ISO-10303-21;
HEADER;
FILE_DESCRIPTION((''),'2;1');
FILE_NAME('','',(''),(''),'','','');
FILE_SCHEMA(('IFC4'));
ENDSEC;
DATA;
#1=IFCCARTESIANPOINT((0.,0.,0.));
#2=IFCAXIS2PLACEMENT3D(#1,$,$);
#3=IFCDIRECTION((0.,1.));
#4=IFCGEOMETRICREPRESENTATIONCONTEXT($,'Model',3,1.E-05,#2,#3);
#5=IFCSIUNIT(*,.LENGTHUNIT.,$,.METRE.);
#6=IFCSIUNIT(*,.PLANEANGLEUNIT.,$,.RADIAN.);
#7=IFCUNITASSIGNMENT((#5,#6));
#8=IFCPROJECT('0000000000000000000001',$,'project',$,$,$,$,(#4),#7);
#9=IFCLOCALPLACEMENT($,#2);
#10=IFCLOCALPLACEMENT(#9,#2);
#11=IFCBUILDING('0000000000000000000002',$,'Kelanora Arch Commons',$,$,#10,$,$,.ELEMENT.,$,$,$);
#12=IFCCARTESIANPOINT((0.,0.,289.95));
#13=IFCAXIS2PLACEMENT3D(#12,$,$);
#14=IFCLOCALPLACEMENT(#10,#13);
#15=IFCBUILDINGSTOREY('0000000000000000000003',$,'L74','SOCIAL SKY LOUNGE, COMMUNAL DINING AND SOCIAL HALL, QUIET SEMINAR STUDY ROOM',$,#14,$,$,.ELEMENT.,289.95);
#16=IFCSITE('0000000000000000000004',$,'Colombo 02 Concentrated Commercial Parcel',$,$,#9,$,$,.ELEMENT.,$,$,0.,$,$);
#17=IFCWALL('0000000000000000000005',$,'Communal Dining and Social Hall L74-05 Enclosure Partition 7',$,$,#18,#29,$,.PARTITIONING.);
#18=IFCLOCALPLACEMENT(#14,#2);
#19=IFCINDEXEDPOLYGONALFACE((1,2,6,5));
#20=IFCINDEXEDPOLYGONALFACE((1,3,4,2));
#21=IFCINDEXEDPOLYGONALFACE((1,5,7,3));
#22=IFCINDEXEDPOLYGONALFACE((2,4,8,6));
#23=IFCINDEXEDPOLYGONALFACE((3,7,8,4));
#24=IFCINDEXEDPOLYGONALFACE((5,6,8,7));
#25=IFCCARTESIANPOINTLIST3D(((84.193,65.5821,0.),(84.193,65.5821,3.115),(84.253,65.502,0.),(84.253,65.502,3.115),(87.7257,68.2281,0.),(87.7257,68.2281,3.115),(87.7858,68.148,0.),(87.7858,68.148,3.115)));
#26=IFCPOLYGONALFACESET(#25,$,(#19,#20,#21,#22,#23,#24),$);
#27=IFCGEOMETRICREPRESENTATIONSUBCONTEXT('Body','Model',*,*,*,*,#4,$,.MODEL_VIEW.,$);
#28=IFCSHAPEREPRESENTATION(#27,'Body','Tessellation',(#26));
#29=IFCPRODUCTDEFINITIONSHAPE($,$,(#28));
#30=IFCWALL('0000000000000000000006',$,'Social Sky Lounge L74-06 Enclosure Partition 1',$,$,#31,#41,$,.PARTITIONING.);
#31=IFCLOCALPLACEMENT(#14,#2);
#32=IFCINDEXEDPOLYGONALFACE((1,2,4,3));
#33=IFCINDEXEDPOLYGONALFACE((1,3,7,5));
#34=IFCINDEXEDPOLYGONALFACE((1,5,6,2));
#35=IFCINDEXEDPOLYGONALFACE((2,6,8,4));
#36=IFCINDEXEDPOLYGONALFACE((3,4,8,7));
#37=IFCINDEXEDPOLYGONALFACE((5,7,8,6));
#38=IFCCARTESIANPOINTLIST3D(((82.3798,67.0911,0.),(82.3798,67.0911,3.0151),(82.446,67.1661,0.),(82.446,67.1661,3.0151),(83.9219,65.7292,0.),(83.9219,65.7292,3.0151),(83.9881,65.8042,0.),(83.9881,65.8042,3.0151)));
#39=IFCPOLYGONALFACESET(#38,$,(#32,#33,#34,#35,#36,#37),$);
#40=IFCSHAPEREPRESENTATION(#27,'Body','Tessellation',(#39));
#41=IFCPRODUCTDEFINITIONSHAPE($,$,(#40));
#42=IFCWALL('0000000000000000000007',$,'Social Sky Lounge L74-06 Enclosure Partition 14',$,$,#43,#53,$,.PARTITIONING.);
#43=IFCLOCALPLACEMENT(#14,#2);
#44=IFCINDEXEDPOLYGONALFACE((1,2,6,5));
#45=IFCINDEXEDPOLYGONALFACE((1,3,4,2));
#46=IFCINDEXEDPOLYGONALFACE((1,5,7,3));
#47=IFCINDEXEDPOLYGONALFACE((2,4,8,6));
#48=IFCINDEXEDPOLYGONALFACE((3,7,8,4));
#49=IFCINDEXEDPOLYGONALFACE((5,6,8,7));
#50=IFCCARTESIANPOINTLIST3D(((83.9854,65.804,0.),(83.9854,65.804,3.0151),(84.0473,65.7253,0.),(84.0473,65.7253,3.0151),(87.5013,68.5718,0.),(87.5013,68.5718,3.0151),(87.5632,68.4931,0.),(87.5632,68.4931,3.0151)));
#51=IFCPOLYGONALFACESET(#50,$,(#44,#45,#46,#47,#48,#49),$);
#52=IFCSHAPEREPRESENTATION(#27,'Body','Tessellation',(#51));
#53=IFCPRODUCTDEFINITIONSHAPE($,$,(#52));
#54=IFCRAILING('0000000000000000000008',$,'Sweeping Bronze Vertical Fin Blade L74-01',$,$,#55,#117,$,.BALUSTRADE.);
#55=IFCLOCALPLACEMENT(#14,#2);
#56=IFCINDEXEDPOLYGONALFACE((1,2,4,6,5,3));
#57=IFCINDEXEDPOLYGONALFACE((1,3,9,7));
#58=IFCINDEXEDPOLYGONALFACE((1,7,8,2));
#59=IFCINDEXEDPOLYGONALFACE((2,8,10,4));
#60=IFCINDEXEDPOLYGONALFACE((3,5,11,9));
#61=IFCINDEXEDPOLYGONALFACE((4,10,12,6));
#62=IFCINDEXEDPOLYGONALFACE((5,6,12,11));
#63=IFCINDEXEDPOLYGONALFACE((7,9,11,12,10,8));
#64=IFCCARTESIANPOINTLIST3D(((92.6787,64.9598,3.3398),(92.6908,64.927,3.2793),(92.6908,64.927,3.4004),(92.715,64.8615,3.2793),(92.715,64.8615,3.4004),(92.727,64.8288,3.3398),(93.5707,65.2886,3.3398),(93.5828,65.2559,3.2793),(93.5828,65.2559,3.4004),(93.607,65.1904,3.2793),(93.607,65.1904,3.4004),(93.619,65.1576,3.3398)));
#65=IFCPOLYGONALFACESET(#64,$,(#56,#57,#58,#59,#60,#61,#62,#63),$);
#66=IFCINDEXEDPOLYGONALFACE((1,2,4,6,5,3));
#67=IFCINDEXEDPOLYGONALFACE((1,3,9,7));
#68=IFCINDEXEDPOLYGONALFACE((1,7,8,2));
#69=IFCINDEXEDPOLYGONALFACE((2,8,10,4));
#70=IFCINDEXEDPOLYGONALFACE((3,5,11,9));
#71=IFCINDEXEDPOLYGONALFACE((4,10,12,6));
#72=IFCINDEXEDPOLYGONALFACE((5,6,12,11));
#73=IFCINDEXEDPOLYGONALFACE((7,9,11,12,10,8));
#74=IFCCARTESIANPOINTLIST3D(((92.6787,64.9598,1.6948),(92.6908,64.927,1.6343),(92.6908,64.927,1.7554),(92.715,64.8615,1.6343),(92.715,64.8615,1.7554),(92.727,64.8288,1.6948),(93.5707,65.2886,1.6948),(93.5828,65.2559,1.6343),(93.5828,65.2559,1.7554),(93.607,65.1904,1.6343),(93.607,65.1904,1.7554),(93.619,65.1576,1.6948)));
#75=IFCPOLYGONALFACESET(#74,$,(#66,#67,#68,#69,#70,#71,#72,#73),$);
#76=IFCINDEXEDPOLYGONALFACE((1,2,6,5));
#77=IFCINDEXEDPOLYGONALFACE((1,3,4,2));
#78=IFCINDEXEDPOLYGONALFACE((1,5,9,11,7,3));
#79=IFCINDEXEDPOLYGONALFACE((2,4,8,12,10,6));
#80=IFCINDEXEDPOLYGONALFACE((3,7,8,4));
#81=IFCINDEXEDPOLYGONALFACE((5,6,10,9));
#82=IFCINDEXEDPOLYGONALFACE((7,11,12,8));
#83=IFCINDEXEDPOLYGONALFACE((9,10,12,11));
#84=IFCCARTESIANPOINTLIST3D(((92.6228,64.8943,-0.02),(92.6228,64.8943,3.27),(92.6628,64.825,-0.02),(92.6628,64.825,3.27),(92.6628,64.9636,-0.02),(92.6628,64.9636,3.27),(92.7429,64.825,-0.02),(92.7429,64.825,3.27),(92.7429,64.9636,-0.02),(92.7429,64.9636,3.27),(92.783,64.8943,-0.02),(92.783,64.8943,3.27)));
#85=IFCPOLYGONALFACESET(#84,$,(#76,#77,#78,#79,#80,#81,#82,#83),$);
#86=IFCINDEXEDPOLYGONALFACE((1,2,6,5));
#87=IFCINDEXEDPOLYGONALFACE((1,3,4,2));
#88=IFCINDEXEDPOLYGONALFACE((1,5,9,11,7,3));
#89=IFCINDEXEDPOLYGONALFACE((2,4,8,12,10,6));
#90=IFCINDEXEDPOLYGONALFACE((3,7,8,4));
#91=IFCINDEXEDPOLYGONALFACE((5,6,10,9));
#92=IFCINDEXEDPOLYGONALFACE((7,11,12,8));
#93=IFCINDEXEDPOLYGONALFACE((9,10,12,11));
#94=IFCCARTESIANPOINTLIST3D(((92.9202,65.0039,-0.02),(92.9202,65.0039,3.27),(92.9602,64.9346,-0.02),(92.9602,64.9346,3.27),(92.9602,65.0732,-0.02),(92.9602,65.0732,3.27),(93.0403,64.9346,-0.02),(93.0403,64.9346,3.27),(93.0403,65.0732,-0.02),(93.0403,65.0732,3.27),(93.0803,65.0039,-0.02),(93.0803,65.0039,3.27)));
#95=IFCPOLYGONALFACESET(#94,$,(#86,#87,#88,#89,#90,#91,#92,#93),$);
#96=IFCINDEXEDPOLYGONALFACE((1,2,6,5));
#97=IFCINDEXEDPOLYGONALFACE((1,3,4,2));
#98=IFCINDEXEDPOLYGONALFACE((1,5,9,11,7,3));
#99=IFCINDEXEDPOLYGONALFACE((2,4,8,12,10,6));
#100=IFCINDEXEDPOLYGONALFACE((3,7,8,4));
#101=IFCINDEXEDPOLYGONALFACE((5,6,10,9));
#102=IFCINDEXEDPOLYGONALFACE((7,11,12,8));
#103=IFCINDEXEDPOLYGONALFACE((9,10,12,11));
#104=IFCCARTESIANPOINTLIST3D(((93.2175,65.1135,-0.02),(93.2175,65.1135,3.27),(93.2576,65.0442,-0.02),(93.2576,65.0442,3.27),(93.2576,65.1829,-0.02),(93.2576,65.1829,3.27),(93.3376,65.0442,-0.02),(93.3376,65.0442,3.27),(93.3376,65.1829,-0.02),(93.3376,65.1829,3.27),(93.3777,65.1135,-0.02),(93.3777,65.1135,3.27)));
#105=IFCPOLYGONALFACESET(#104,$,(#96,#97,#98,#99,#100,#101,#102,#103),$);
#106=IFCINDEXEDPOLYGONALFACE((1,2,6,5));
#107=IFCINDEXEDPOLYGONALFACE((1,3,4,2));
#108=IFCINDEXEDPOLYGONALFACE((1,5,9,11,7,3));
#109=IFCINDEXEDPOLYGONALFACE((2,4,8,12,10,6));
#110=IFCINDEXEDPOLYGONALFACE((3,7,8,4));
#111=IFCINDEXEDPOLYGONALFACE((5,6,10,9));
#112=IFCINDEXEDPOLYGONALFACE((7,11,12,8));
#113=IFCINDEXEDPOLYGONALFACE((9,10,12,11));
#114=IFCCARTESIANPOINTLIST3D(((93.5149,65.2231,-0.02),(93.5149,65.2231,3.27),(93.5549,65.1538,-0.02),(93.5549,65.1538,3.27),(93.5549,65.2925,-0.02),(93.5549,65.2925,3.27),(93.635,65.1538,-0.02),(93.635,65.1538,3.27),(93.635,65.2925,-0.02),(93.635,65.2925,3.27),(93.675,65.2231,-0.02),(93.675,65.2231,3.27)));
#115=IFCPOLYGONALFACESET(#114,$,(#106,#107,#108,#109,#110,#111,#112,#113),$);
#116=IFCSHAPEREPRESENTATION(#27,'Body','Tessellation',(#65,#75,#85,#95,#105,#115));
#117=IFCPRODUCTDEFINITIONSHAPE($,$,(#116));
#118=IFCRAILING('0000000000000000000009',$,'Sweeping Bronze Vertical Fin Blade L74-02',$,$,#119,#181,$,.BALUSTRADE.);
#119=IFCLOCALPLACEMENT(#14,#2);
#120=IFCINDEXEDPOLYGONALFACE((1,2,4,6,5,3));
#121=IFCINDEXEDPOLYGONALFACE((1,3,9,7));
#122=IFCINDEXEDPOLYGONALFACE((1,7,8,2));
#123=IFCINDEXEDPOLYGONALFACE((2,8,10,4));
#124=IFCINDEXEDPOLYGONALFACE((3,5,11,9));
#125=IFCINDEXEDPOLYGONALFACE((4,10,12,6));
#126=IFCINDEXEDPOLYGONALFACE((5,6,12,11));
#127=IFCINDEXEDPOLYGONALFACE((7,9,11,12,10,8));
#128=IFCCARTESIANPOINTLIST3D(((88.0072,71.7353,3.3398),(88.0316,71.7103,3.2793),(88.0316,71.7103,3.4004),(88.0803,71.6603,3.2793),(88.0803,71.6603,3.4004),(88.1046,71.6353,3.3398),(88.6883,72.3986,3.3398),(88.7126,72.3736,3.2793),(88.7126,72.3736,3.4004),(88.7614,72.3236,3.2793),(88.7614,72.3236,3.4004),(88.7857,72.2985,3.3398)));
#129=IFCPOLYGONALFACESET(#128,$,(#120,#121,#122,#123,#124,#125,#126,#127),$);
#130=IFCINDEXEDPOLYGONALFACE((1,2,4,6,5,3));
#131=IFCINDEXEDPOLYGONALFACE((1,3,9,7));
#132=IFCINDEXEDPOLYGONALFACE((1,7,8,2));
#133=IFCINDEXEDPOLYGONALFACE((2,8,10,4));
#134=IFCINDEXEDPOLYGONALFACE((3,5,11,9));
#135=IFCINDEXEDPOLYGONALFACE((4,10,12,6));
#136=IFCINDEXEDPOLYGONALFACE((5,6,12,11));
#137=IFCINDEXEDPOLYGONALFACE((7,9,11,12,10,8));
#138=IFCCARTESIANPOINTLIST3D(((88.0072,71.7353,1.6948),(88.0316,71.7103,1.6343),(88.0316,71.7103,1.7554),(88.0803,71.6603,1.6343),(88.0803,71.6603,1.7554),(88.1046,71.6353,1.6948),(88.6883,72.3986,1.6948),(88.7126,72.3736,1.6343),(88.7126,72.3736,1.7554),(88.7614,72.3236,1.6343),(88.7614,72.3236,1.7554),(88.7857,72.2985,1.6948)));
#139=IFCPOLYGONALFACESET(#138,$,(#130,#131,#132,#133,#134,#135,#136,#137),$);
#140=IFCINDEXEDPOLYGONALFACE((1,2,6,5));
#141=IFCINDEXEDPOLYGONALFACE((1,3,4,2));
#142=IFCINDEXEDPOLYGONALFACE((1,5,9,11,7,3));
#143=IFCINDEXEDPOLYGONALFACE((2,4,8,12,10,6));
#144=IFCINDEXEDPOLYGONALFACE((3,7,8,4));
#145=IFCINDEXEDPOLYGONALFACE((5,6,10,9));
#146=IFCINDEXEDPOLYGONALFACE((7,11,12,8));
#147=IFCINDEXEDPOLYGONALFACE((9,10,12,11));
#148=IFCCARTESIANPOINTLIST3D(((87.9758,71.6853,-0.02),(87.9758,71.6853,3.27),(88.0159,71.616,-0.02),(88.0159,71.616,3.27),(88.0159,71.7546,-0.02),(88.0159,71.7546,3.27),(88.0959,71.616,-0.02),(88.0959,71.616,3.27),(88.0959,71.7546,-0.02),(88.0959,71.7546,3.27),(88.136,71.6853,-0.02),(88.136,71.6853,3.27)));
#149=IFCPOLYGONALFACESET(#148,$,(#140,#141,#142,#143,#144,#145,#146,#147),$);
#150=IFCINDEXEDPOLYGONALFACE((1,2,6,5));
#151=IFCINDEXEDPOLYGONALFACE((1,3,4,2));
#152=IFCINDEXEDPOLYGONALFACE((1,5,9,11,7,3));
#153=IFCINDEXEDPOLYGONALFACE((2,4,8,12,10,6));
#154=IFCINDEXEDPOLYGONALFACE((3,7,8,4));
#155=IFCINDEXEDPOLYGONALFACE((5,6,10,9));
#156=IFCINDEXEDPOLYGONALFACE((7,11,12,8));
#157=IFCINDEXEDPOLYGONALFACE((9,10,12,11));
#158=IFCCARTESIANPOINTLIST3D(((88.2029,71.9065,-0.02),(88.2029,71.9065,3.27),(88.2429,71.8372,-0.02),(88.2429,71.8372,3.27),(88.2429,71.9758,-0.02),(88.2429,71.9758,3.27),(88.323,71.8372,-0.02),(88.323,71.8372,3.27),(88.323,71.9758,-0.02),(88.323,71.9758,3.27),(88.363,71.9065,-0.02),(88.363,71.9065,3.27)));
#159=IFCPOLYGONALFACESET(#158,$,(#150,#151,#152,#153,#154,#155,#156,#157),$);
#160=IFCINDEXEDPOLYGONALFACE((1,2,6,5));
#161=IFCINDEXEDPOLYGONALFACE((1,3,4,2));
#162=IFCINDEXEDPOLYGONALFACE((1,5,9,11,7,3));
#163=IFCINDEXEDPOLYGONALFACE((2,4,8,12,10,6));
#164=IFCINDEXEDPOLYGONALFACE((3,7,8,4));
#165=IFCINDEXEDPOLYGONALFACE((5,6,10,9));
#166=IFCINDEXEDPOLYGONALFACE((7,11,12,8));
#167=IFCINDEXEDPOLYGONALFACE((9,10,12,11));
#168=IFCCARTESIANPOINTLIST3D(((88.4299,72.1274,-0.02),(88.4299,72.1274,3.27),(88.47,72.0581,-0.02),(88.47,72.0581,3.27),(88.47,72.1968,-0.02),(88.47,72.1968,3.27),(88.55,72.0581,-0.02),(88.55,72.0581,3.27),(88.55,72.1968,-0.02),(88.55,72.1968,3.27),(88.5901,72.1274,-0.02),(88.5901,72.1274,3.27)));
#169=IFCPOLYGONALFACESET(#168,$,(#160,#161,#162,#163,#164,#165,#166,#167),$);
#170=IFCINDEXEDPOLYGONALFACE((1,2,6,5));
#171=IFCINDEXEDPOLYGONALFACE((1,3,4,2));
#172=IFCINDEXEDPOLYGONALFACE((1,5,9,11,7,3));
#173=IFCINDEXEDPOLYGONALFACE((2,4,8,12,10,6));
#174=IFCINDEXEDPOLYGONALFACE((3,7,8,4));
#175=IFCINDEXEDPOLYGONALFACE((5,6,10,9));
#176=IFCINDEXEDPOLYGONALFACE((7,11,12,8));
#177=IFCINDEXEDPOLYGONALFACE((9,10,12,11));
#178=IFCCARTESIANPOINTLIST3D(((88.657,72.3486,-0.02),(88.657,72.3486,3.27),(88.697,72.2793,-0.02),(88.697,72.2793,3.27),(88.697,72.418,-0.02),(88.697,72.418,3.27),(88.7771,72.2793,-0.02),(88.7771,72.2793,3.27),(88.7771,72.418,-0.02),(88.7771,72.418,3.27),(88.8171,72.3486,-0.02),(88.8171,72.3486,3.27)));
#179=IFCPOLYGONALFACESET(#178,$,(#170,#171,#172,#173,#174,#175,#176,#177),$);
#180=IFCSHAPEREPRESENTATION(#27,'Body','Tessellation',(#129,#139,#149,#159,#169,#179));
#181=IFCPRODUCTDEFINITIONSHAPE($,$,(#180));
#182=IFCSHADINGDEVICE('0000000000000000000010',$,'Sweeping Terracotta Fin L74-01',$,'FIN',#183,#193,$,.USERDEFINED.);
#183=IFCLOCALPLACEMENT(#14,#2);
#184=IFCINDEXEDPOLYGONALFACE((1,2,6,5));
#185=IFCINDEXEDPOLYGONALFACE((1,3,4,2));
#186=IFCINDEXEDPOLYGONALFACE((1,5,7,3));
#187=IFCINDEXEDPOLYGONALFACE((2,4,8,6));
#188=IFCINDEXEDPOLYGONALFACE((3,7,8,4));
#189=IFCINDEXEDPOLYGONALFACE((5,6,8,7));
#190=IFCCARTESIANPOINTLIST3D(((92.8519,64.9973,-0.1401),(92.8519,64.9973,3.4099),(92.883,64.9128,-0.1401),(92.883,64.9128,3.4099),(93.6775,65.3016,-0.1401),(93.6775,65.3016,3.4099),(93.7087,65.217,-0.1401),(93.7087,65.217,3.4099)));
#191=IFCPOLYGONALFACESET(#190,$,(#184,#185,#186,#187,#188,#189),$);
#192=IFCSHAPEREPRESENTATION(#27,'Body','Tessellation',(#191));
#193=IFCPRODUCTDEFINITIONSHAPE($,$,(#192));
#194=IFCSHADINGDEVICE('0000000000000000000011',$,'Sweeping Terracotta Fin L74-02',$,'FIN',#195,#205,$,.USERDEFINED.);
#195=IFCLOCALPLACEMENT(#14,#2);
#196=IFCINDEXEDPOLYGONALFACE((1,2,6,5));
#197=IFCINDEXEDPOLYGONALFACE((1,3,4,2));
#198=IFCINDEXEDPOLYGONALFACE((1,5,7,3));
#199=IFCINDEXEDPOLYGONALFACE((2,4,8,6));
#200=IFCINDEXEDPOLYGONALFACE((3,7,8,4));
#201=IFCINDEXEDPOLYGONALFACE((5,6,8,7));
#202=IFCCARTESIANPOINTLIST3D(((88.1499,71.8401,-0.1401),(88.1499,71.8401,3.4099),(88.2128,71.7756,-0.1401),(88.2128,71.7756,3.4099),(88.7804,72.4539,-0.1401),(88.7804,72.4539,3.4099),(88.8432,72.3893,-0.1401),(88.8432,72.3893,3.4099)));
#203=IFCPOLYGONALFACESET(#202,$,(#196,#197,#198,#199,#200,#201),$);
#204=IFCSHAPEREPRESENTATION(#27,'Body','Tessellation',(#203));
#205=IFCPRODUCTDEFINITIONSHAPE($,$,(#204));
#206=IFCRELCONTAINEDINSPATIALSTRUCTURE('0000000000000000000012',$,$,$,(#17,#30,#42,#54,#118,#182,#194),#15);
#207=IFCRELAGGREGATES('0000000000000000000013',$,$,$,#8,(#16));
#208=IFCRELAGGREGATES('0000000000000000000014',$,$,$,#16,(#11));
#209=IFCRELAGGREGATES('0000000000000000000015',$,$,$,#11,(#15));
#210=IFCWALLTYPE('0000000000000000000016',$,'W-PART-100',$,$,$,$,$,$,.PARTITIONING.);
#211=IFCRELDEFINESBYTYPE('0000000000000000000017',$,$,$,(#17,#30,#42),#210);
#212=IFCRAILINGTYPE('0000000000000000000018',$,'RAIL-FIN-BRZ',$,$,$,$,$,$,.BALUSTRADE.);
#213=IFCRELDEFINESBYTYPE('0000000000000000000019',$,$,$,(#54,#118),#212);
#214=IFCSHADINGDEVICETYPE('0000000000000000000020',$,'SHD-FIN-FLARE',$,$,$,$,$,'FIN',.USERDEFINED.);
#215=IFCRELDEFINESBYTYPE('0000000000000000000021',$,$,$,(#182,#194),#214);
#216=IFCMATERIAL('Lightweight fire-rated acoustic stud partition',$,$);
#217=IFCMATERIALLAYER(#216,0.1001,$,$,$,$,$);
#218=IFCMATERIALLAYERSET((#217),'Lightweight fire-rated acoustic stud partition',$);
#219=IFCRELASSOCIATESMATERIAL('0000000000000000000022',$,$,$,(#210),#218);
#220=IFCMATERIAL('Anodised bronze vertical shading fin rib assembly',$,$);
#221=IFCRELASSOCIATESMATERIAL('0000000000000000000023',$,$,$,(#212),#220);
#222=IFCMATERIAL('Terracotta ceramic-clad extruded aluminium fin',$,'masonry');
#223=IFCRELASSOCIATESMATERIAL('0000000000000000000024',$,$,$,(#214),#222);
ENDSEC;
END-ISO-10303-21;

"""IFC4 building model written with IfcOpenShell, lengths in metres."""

from ifc_helpers import new_model, si_unit, direction, frame, frame_2d, origin, origin_2d, place, context, subcontext, project, spatial, polyline, rectangle, outline, extrude, source, transform, mapped, material, layer, layer_set, type_object, element, save


model = new_model("IFC4")

# Units and contexts
model_context = context("Model", 3, precision=1e-05, world=origin(), true_north=direction((0.0, 1.0)))
body_context = subcontext(model_context, "Body", "Model", "MODEL_VIEW")
ifc_project = project(units=[si_unit("LENGTHUNIT", "METRE"), si_unit("PLANEANGLEUNIT", "RADIAN")], contexts=[model_context])

# Site, building, storey
site_placement = place(None, origin())
site = spatial("IfcSite", under=ifc_project, at=site_placement, Name="Colombo 02 Concentrated Commercial Parcel", CompositionType="ELEMENT", RefElevation=0.0)
building_placement = place(site_placement, origin())
building = spatial("IfcBuilding", under=site, at=building_placement, Name="Kelanora Arch Commons", CompositionType="ELEMENT")
storey_placement = place(building_placement, frame((0.0, 0.0, 289.95)))
storey = spatial("IfcBuildingStorey", under=building, at=storey_placement, Name="L74", Description="SOCIAL SKY LOUNGE, COMMUNAL DINING AND SOCIAL HALL, QUIET SEMINAR STUDY ROOM", CompositionType="ELEMENT", Elevation=289.95)

# Walls
ifc_material_1 = material(Name="Lightweight fire-rated acoustic stud partition")
ifc_layer_1 = layer(ifc_material_1, 0.1001)
ifc_layer_set_1 = layer_set([ifc_layer_1], Name="Lightweight fire-rated acoustic stud partition")
wall_type_1 = type_object("IfcWallType", Name="W-PART-100", PredefinedType="PARTITIONING", material=ifc_layer_set_1)
wall_1_placement = place(storey_placement, frame((84.2229, 65.542, 0.0), z_axis=(0.0, 0.0, 1.0), x_axis=(0.800385, 0.599487, 0.0)))
element("IfcWall", 1, at=wall_1_placement, inside=storey, type_object=wall_type_1, Name="Communal Dining and Social Hall L74-05 Enclosure Partition 7", PredefinedType="PARTITIONING", context=body_context, shape_type="SweptSolid", body=[
    extrude(rectangle(XDim=4.4138, YDim=0.1001, at=frame_2d((2.207, 0.0))), origin(), (0.0, 0.0, 1.0), 3.115),
])
wall_2_placement = place(storey_placement, frame((83.9551, 65.7666, 0.0), z_axis=(0.0, 0.0, 1.0), x_axis=(-0.74954, 0.661959, 0.0)))
element("IfcWall", 2, at=wall_2_placement, inside=storey, type_object=wall_type_1, Name="Social Sky Lounge L74-06 Enclosure Partition 1", PredefinedType="PARTITIONING", context=body_context, shape_type="SweptSolid", body=[
    extrude(rectangle(XDim=2.0574, YDim=0.1001, at=frame_2d((1.0288, 0.0))), origin(), (0.0, 0.0, 1.0), 3.0151),
])
wall_3_placement = place(storey_placement, frame((87.5322, 68.5325, 0.0), z_axis=(0.0, 0.0, 1.0), x_axis=(-0.785737, -0.618561, 0.0)))
element("IfcWall", 3, at=wall_3_placement, inside=storey, type_object=wall_type_1, Name="Social Sky Lounge L74-06 Enclosure Partition 14", PredefinedType="PARTITIONING", context=body_context, shape_type="SweptSolid", body=[
    extrude(rectangle(XDim=4.4746, YDim=0.1001, at=frame_2d((2.2373, 0.0))), origin(), (0.0, 0.0, 1.0), 3.0151),
])

# Railings
ifc_material_2 = material(Name="Anodised bronze vertical shading fin rib assembly")
railing_type = type_object("IfcRailingType", Name="RAIL-FIN-BRZ", PredefinedType="BALUSTRADE", material=ifc_material_2)
railing_1_placement = place(storey_placement, frame((92.7029, 64.8943, -0.02)))
element("IfcRailing", 4, at=railing_1_placement, inside=storey, type_object=railing_type, Name="Sweeping Bronze Vertical Fin Blade L74-01", PredefinedType="BALUSTRADE", context=body_context, shape_type="SweptSolid", body=[
    extrude(outline(polyline([(0.0698, 0.0), (0.0349, 0.0605), (-0.0349, 0.0605), (-0.0698, 0.0), (-0.0349, -0.0605), (0.0349, -0.0605), (0.0698, 0.0)])), frame((0.0, 0.0, 3.3599), z_axis=(0.938277, 0.345884, 0.0), x_axis=(-0.345884, 0.938277, 0.0)), (0.0, 0.0, 1.0), 0.9507),
    extrude(outline(polyline([(0.0698, 0.0), (0.0349, 0.0605), (-0.0349, 0.0605), (-0.0698, 0.0), (-0.0349, -0.0605), (0.0349, -0.0605), (0.0698, 0.0)])), frame((0.0, 0.0, 1.7148), z_axis=(0.938277, 0.345884, 0.0), x_axis=(-0.345884, 0.938277, 0.0)), (0.0, 0.0, 1.0), 0.9507),
    extrude(outline(polyline([(0.0801, 0.0), (0.04, 0.0693), (-0.04, 0.0693), (-0.0801, 0.0), (-0.04, -0.0693), (0.04, -0.0693), (0.0801, 0.0)])), origin(), (0.0, 0.0, 1.0), 3.29),
    extrude(outline(polyline([(0.0801, 0.0), (0.04, 0.0693), (-0.04, 0.0693), (-0.0801, 0.0), (-0.04, -0.0693), (0.04, -0.0693), (0.0801, 0.0)])), frame((0.2974, 0.1096, 0.0)), (0.0, 0.0, 1.0), 3.29),
    extrude(outline(polyline([(0.0801, 0.0), (0.04, 0.0693), (-0.04, 0.0693), (-0.0801, 0.0), (-0.04, -0.0693), (0.04, -0.0693), (0.0801, 0.0)])), frame((0.5947, 0.2192, 0.0)), (0.0, 0.0, 1.0), 3.29),
    extrude(outline(polyline([(0.0801, 0.0), (0.04, 0.0693), (-0.04, 0.0693), (-0.0801, 0.0), (-0.04, -0.0693), (0.04, -0.0693), (0.0801, 0.0)])), frame((0.8921, 0.3289, 0.0)), (0.0, 0.0, 1.0), 3.29),
])
railing_2_placement = place(storey_placement, frame((88.0559, 71.6853, -0.02)))
element("IfcRailing", 5, at=railing_2_placement, inside=storey, type_object=railing_type, Name="Sweeping Bronze Vertical Fin Blade L74-02", PredefinedType="BALUSTRADE", context=body_context, shape_type="SweptSolid", body=[
    extrude(outline(polyline([(0.0698, 0.0), (0.0349, 0.0605), (-0.0349, 0.0605), (-0.0698, 0.0), (-0.0349, -0.0605), (0.0349, -0.0605), (0.0698, 0.0)])), frame((0.0, 0.0, 3.3599), z_axis=(0.716417, 0.697672, 0.0), x_axis=(-0.697672, 0.716417, 0.0)), (0.0, 0.0, 1.0), 0.9507),
    extrude(outline(polyline([(0.0698, 0.0), (0.0349, 0.0605), (-0.0349, 0.0605), (-0.0698, 0.0), (-0.0349, -0.0605), (0.0349, -0.0605), (0.0698, 0.0)])), frame((0.0, 0.0, 1.7148), z_axis=(0.716417, 0.697672, 0.0), x_axis=(-0.697672, 0.716417, 0.0)), (0.0, 0.0, 1.0), 0.9507),
    extrude(outline(polyline([(0.0801, 0.0), (0.04, 0.0693), (-0.04, 0.0693), (-0.0801, 0.0), (-0.04, -0.0693), (0.04, -0.0693), (0.0801, 0.0)])), origin(), (0.0, 0.0, 1.0), 3.29),
    extrude(outline(polyline([(0.0801, 0.0), (0.04, 0.0693), (-0.04, 0.0693), (-0.0801, 0.0), (-0.04, -0.0693), (0.04, -0.0693), (0.0801, 0.0)])), frame((0.2271, 0.2212, 0.0)), (0.0, 0.0, 1.0), 3.29),
    extrude(outline(polyline([(0.0801, 0.0), (0.04, 0.0693), (-0.04, 0.0693), (-0.0801, 0.0), (-0.04, -0.0693), (0.04, -0.0693), (0.0801, 0.0)])), frame((0.4541, 0.4421, 0.0)), (0.0, 0.0, 1.0), 3.29),
    extrude(outline(polyline([(0.0801, 0.0), (0.04, 0.0693), (-0.04, 0.0693), (-0.0801, 0.0), (-0.04, -0.0693), (0.04, -0.0693), (0.0801, 0.0)])), frame((0.6812, 0.6633, 0.0)), (0.0, 0.0, 1.0), 3.29),
])

# Shading devices
ifc_material_3 = material(Name="Terracotta ceramic-clad extruded aluminium fin", Category="masonry")
shading_device_type = type_object("IfcShadingDeviceType", Name="SHD-FIN-FLARE", ElementType="FIN", PredefinedType="USERDEFINED", material=ifc_material_3)
shared_shape_1 = source(origin(), body_context, "Body", "SweptSolid", [
    extrude(rectangle(XDim=0.8799, YDim=0.0901, at=origin_2d()), origin(), (0.0, 0.0, 1.0), 3.55),
])
for number, where, z_axis, x_axis, name in (
    (6, (93.2803, 65.1072, -0.1401), (0.0, 0.0, 1.0), (0.938312, 0.34579, 0.0), "Sweeping Terracotta Fin L74-01"),
    (7, (88.4966, 72.1147, -0.1401), (0.0, 0.0, 1.0), (0.716545, 0.69754, 0.0), "Sweeping Terracotta Fin L74-02"),
):
    element("IfcShadingDevice", number, at=place(storey_placement, frame(where, z_axis=z_axis, x_axis=x_axis)), inside=storey, type_object=shading_device_type, Name=name, ObjectType="FIN", PredefinedType="USERDEFINED", context=body_context, shape_type="MappedRepresentation", body=[
        mapped(shared_shape_1, transform((0.0, 0.0, 0.0), scale=1.0)),
    ])

save(model, "model.ifc")
